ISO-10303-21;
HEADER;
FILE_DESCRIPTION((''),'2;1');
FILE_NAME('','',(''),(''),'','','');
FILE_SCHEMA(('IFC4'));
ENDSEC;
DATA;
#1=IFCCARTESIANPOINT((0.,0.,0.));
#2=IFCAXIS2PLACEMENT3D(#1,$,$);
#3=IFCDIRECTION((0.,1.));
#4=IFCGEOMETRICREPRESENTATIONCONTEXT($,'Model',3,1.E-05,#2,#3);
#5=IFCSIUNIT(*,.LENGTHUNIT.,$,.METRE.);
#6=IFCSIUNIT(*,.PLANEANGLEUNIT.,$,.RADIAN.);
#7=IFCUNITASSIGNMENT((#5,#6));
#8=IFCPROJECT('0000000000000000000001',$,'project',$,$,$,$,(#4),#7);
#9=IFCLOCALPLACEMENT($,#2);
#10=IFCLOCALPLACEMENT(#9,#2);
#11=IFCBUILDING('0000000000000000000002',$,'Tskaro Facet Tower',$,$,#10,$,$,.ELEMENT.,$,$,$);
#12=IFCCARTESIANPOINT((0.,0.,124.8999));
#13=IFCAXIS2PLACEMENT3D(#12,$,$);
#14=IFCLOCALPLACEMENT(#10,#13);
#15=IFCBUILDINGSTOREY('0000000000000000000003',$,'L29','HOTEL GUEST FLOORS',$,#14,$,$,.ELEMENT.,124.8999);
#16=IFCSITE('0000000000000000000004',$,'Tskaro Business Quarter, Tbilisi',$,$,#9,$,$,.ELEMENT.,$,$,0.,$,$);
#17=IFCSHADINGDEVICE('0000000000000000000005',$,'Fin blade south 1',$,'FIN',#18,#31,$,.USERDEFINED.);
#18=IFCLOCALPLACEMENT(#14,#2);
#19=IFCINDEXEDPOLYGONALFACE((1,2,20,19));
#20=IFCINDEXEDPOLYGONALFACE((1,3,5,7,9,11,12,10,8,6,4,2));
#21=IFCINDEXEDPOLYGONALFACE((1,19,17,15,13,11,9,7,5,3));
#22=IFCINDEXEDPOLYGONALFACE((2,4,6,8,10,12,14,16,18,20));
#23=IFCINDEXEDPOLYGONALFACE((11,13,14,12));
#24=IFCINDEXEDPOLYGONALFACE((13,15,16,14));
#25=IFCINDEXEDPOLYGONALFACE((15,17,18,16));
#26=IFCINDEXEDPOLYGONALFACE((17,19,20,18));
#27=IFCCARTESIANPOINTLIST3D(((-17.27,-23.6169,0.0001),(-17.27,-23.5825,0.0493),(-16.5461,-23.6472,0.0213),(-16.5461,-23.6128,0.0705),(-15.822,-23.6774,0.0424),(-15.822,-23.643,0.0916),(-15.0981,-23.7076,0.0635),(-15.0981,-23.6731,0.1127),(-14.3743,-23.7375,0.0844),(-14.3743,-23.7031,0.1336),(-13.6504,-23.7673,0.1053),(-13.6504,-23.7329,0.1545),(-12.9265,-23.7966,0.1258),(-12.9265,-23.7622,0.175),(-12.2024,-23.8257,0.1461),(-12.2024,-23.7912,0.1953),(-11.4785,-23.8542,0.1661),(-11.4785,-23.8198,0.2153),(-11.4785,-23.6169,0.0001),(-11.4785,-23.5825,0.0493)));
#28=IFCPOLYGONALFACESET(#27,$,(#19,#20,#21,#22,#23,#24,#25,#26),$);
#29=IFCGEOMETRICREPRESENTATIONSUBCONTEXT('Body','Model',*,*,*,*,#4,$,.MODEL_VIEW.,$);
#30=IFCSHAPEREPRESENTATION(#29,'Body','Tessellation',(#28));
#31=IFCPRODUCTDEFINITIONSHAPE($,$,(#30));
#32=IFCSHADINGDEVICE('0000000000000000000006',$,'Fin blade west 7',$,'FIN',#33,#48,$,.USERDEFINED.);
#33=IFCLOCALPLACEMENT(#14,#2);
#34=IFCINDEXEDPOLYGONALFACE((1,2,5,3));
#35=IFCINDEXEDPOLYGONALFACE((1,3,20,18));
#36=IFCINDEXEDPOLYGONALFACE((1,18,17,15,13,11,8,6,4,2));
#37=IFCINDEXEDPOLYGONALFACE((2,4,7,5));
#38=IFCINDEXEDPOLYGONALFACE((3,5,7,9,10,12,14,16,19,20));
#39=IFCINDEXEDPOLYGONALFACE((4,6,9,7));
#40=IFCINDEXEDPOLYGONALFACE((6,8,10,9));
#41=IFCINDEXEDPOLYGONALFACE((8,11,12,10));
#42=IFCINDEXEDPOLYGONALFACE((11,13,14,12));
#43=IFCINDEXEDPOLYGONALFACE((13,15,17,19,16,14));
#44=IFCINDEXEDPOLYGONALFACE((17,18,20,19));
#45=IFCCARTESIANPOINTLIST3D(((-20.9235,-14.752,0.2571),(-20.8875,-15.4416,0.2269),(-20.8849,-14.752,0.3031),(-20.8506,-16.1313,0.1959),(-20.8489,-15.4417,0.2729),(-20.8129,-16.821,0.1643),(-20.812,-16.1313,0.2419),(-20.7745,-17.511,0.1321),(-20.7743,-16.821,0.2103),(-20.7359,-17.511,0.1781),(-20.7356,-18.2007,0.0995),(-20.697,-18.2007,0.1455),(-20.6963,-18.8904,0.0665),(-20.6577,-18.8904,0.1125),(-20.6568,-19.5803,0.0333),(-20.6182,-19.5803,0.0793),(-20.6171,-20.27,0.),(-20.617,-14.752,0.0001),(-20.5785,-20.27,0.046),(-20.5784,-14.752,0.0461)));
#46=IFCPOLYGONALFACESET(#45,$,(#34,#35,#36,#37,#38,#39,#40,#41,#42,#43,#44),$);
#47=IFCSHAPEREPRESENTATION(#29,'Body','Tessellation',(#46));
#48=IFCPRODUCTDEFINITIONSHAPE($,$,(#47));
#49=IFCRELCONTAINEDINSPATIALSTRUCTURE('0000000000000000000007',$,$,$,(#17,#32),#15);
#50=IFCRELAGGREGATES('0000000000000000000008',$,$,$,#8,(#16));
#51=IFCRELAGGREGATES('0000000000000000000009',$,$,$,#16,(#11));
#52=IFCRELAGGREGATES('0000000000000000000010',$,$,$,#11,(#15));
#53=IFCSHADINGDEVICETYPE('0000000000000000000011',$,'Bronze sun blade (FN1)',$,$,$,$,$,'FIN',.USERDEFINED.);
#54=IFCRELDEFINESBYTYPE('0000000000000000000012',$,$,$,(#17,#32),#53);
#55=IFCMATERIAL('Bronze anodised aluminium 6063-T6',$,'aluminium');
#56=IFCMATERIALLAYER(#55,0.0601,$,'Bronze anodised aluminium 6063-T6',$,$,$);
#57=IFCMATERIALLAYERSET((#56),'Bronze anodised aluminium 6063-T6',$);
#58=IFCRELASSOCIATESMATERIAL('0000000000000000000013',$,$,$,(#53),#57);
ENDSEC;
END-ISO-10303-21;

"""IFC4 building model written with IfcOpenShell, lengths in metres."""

from ifc_helpers import new_model, si_unit, direction, frame, origin, place, context, subcontext, project, spatial, polyline, outline, extrude, material, layer, layer_set, type_object, element, save


model = new_model("IFC4")

# Units and contexts
model_context = context("Model", 3, precision=1e-05, world=origin(), true_north=direction((0.0, 1.0)))
body_context = subcontext(model_context, "Body", "Model", "MODEL_VIEW")
ifc_project = project(units=[si_unit("LENGTHUNIT", "METRE"), si_unit("PLANEANGLEUNIT", "RADIAN")], contexts=[model_context])

# Site, building, storey
site_placement = place(None, origin())
site = spatial("IfcSite", under=ifc_project, at=site_placement, Name="Tskaro Business Quarter, Tbilisi", CompositionType="ELEMENT", RefElevation=0.0)
building_placement = place(site_placement, origin())
building = spatial("IfcBuilding", under=site, at=building_placement, Name="Tskaro Facet Tower", CompositionType="ELEMENT")
storey_placement = place(building_placement, frame((0.0, 0.0, 124.8999)))
storey = spatial("IfcBuildingStorey", under=building, at=storey_placement, Name="L29", Description="HOTEL GUEST FLOORS", CompositionType="ELEMENT", Elevation=124.8999)

# Shared definitions
ifc_material_1 = material(Name="Bronze anodised aluminium 6063-T6", Category="aluminium")

# Shading devices
ifc_layer_1 = layer(ifc_material_1, 0.0601, Name="Bronze anodised aluminium 6063-T6")
ifc_layer_set_1 = layer_set([ifc_layer_1], Name="Bronze anodised aluminium 6063-T6")
shading_device_type = type_object("IfcShadingDeviceType", Name="Bronze sun blade (FN1)", ElementType="FIN", PredefinedType="USERDEFINED", material=ifc_layer_set_1)
shading_device_1_placement = place(storey_placement, frame((-17.27, -23.5825, 0.0493), z_axis=(-0.000003, 0.573182, 0.819428), x_axis=(1.0, 0.000002, 0.000003)))
element("IfcShadingDevice", 1, at=shading_device_1_placement, inside=storey, type_object=shading_device_type, Name="Fin blade south 1", ObjectType="FIN", PredefinedType="USERDEFINED", context=body_context, shape_type="SweptSolid", body=[
    extrude(outline(polyline([(0.0, 0.0), (5.7915, 0.0), (5.7915, -0.2896), (5.0676, -0.2547), (4.3435, -0.2193), (3.6196, -0.1835), (2.8958, -0.1471), (2.1719, -0.1106), (1.448, -0.0738), (0.7239, -0.037), (0.0, 0.0)])), origin(), (0.0, 0.0, -1.0), 0.0601),
])
shading_device_2_placement = place(storey_placement, frame((-20.5784, -14.752, 0.0461), z_axis=(0.642415, -0.000033, 0.766357), x_axis=(-0.000021, -1.0, -0.000025)))
element("IfcShadingDevice", 2, at=shading_device_2_placement, inside=storey, type_object=shading_device_type, Name="Fin blade west 7", ObjectType="FIN", PredefinedType="USERDEFINED", context=body_context, shape_type="SweptSolid", body=[
    extrude(outline(polyline([(0.0, 0.0), (5.5181, 0.0), (4.8284, -0.0518), (4.1384, -0.1035), (3.4487, -0.1548), (2.759, -0.2055), (2.0691, -0.2556), (1.3794, -0.3048), (0.6897, -0.353), (0.0, -0.4), (0.0, 0.0)])), origin(), (0.0, 0.0, -1.0), 0.0601),
])

save(model, "model.ifc")
